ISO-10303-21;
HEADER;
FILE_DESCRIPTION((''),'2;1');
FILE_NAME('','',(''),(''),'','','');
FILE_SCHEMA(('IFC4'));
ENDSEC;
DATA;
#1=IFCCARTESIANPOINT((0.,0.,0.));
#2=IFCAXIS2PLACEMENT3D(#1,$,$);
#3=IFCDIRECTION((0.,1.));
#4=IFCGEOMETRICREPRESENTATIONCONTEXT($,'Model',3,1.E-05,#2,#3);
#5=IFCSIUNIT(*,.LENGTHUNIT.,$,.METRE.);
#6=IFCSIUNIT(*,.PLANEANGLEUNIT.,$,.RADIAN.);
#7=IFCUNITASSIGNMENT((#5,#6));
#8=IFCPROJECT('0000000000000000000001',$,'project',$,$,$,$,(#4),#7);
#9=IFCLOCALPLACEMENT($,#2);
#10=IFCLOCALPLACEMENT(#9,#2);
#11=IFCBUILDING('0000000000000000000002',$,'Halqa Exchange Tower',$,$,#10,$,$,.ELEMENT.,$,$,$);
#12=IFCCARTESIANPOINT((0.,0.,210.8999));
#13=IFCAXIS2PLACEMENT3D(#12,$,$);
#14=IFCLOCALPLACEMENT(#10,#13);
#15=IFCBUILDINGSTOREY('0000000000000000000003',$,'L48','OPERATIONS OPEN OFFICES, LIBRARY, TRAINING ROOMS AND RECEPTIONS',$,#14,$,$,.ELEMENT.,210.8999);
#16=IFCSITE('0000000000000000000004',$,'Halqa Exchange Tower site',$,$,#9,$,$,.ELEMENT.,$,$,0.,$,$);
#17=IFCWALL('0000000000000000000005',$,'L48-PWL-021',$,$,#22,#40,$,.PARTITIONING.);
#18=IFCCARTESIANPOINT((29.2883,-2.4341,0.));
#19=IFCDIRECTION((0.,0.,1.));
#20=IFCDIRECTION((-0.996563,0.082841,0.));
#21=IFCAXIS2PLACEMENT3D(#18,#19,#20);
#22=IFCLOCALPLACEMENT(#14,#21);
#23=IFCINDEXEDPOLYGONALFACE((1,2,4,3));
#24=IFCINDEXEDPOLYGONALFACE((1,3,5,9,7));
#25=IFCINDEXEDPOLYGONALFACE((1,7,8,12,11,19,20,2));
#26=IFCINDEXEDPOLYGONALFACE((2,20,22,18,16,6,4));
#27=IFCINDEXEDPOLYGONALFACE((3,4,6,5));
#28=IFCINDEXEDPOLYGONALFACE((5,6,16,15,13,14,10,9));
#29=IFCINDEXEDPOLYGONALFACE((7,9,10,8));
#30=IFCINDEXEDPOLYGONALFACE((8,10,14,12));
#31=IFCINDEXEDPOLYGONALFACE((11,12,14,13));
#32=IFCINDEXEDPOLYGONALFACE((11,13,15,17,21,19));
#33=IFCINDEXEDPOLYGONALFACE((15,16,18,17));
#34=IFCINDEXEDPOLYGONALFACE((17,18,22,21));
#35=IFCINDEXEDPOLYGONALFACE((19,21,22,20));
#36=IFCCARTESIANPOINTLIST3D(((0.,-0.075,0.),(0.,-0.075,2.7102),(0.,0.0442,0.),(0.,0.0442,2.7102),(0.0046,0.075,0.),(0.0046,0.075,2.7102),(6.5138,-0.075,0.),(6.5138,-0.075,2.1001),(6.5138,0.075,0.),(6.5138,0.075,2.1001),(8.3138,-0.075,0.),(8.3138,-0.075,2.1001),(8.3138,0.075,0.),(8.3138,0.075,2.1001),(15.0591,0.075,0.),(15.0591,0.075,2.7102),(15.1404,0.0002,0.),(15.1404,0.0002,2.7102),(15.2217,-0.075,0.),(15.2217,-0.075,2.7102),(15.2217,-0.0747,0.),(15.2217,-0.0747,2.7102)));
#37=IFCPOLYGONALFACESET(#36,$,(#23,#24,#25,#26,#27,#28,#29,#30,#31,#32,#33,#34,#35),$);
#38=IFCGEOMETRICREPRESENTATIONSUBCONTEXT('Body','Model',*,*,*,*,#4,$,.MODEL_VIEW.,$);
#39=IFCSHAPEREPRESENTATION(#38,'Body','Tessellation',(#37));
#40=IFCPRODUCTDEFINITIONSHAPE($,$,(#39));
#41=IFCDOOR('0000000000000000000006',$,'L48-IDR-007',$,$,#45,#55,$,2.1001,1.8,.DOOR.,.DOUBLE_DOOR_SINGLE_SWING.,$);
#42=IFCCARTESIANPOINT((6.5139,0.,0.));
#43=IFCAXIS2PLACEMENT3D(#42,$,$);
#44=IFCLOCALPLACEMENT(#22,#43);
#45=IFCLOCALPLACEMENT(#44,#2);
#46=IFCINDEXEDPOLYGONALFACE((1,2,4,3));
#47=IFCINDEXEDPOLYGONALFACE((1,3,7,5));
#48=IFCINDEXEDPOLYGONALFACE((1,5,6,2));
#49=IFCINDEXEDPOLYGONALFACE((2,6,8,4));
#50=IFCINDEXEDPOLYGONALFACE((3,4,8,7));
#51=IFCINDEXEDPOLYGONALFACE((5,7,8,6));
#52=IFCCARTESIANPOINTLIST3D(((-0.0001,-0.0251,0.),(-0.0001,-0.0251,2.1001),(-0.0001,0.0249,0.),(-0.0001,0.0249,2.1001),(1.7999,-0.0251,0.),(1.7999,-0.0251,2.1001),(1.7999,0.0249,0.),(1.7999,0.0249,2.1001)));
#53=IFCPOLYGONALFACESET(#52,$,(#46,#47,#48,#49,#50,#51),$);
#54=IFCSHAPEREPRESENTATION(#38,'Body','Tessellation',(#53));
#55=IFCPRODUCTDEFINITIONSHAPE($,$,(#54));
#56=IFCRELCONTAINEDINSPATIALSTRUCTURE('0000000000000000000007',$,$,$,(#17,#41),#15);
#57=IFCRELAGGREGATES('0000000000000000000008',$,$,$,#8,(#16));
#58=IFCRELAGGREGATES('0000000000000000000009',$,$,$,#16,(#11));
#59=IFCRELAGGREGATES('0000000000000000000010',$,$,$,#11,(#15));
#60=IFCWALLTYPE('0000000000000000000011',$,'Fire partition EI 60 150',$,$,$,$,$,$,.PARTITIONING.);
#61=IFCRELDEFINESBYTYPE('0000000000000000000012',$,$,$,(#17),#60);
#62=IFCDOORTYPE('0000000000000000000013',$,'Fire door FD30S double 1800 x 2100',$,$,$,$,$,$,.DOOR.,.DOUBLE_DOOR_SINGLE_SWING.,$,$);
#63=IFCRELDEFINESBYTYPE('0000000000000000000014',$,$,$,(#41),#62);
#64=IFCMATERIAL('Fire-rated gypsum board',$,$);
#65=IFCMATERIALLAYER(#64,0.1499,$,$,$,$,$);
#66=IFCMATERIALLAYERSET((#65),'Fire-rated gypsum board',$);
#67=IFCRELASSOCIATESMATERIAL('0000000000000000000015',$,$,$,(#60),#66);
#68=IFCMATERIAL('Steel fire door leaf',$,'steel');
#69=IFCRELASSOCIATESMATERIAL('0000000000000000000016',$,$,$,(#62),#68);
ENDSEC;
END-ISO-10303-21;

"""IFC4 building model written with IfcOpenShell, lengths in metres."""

from ifc_helpers import new_model, si_unit, direction, frame, frame_2d, origin, place, context, subcontext, project, spatial, polyline, rectangle, outline, extrude, material, layer, layer_set, type_object, element, fill, save


model = new_model("IFC4")

# Units and contexts
model_context = context("Model", 3, precision=1e-05, world=origin(), true_north=direction((0.0, 1.0)))
body_context = subcontext(model_context, "Body", "Model", "MODEL_VIEW")
ifc_project = project(units=[si_unit("LENGTHUNIT", "METRE"), si_unit("PLANEANGLEUNIT", "RADIAN")], contexts=[model_context])

# Site, building, storey
site_placement = place(None, origin())
site = spatial("IfcSite", under=ifc_project, at=site_placement, Name="Halqa Exchange Tower site", CompositionType="ELEMENT", RefElevation=0.0)
building_placement = place(site_placement, origin())
building = spatial("IfcBuilding", under=site, at=building_placement, Name="Halqa Exchange Tower", CompositionType="ELEMENT")
storey_placement = place(building_placement, frame((0.0, 0.0, 210.8999)))
storey = spatial("IfcBuildingStorey", under=building, at=storey_placement, Name="L48", Description="OPERATIONS OPEN OFFICES, LIBRARY, TRAINING ROOMS AND RECEPTIONS", CompositionType="ELEMENT", Elevation=210.8999)

# Shared definitions
ifc_material_1 = material(Name="Fire-rated gypsum board")
ifc_layer_1 = layer(ifc_material_1, 0.1499)
ifc_layer_set_1 = layer_set([ifc_layer_1], Name="Fire-rated gypsum board")
wall_type_1 = type_object("IfcWallType", Name="Fire partition EI 60 150", PredefinedType="PARTITIONING", material=ifc_layer_set_1)

# Wall, opening, door
wall_1_placement = place(storey_placement, frame((29.2883, -2.4341, 0.0), z_axis=(0.0, 0.0, 1.0), x_axis=(-0.996563, 0.082841, 0.0)))
wall_1 = element("IfcWall", 1, at=wall_1_placement, inside=storey, type_object=wall_type_1, Name="L48-PWL-021", PredefinedType="PARTITIONING", context=body_context, shape_type="SweptSolid", body=[
    extrude(outline(polyline([(15.2217, -0.075), (15.2217, -0.0747), (15.1404, 0.0002), (15.0591, 0.075), (13.1772, 0.075), (11.2954, 0.075), (9.4136, 0.075), (7.5317, 0.075), (5.6501, 0.075), (3.7683, 0.075), (1.8865, 0.075), (0.0046, 0.075), (0.0, 0.0442), (0.0, -0.075), (1.9028, -0.075), (3.8054, -0.075), (5.708, -0.075), (7.6108, -0.075), (9.5137, -0.075), (11.4163, -0.075), (13.3188, -0.075), (15.2217, -0.075)])), origin(), (0.0, 0.0, 1.0), 2.7102),
])
opening_1_placement = place(wall_1_placement, frame((6.5139, 0.0, 0.0)))
opening_1 = element("IfcOpeningElement", 2, at=opening_1_placement, cuts=wall_1, PredefinedType="OPENING", context=body_context, shape_type="SweptSolid", body=[
    extrude(rectangle(XDim=1.8, YDim=2.1001, at=frame_2d((0.8999, 1.05))), frame((0.0, 0.0869, 0.0), z_axis=(0.0, -1.0, 0.0), x_axis=(1.0, 0.0, 0.0)), (0.0, 0.0, 1.0), 0.1738),
])
ifc_material_2 = material(Name="Steel fire door leaf", Category="steel")
door_type_1 = type_object("IfcDoorType", Name="Fire door FD30S double 1800 x 2100", OperationType="DOUBLE_DOOR_SINGLE_SWING", PredefinedType="DOOR", material=ifc_material_2)
door_1_placement = place(opening_1_placement, origin())
door_1 = element("IfcDoor", 3, at=door_1_placement, inside=storey, type_object=door_type_1, Name="L48-IDR-007", OperationType="DOUBLE_DOOR_SINGLE_SWING", OverallHeight=2.1001, OverallWidth=1.8, PredefinedType="DOOR", context=body_context, shape_type="SweptSolid", body=[
    extrude(rectangle(XDim=1.8, YDim=2.1001, at=frame_2d((0.8999, 1.05))), frame((0.0, 0.0249, 0.0), z_axis=(0.0, -1.0, 0.0), x_axis=(1.0, 0.0, 0.0)), (0.0, 0.0, 1.0), 0.05),
])
fill(opening_1, door_1)

save(model, "model.ifc")
